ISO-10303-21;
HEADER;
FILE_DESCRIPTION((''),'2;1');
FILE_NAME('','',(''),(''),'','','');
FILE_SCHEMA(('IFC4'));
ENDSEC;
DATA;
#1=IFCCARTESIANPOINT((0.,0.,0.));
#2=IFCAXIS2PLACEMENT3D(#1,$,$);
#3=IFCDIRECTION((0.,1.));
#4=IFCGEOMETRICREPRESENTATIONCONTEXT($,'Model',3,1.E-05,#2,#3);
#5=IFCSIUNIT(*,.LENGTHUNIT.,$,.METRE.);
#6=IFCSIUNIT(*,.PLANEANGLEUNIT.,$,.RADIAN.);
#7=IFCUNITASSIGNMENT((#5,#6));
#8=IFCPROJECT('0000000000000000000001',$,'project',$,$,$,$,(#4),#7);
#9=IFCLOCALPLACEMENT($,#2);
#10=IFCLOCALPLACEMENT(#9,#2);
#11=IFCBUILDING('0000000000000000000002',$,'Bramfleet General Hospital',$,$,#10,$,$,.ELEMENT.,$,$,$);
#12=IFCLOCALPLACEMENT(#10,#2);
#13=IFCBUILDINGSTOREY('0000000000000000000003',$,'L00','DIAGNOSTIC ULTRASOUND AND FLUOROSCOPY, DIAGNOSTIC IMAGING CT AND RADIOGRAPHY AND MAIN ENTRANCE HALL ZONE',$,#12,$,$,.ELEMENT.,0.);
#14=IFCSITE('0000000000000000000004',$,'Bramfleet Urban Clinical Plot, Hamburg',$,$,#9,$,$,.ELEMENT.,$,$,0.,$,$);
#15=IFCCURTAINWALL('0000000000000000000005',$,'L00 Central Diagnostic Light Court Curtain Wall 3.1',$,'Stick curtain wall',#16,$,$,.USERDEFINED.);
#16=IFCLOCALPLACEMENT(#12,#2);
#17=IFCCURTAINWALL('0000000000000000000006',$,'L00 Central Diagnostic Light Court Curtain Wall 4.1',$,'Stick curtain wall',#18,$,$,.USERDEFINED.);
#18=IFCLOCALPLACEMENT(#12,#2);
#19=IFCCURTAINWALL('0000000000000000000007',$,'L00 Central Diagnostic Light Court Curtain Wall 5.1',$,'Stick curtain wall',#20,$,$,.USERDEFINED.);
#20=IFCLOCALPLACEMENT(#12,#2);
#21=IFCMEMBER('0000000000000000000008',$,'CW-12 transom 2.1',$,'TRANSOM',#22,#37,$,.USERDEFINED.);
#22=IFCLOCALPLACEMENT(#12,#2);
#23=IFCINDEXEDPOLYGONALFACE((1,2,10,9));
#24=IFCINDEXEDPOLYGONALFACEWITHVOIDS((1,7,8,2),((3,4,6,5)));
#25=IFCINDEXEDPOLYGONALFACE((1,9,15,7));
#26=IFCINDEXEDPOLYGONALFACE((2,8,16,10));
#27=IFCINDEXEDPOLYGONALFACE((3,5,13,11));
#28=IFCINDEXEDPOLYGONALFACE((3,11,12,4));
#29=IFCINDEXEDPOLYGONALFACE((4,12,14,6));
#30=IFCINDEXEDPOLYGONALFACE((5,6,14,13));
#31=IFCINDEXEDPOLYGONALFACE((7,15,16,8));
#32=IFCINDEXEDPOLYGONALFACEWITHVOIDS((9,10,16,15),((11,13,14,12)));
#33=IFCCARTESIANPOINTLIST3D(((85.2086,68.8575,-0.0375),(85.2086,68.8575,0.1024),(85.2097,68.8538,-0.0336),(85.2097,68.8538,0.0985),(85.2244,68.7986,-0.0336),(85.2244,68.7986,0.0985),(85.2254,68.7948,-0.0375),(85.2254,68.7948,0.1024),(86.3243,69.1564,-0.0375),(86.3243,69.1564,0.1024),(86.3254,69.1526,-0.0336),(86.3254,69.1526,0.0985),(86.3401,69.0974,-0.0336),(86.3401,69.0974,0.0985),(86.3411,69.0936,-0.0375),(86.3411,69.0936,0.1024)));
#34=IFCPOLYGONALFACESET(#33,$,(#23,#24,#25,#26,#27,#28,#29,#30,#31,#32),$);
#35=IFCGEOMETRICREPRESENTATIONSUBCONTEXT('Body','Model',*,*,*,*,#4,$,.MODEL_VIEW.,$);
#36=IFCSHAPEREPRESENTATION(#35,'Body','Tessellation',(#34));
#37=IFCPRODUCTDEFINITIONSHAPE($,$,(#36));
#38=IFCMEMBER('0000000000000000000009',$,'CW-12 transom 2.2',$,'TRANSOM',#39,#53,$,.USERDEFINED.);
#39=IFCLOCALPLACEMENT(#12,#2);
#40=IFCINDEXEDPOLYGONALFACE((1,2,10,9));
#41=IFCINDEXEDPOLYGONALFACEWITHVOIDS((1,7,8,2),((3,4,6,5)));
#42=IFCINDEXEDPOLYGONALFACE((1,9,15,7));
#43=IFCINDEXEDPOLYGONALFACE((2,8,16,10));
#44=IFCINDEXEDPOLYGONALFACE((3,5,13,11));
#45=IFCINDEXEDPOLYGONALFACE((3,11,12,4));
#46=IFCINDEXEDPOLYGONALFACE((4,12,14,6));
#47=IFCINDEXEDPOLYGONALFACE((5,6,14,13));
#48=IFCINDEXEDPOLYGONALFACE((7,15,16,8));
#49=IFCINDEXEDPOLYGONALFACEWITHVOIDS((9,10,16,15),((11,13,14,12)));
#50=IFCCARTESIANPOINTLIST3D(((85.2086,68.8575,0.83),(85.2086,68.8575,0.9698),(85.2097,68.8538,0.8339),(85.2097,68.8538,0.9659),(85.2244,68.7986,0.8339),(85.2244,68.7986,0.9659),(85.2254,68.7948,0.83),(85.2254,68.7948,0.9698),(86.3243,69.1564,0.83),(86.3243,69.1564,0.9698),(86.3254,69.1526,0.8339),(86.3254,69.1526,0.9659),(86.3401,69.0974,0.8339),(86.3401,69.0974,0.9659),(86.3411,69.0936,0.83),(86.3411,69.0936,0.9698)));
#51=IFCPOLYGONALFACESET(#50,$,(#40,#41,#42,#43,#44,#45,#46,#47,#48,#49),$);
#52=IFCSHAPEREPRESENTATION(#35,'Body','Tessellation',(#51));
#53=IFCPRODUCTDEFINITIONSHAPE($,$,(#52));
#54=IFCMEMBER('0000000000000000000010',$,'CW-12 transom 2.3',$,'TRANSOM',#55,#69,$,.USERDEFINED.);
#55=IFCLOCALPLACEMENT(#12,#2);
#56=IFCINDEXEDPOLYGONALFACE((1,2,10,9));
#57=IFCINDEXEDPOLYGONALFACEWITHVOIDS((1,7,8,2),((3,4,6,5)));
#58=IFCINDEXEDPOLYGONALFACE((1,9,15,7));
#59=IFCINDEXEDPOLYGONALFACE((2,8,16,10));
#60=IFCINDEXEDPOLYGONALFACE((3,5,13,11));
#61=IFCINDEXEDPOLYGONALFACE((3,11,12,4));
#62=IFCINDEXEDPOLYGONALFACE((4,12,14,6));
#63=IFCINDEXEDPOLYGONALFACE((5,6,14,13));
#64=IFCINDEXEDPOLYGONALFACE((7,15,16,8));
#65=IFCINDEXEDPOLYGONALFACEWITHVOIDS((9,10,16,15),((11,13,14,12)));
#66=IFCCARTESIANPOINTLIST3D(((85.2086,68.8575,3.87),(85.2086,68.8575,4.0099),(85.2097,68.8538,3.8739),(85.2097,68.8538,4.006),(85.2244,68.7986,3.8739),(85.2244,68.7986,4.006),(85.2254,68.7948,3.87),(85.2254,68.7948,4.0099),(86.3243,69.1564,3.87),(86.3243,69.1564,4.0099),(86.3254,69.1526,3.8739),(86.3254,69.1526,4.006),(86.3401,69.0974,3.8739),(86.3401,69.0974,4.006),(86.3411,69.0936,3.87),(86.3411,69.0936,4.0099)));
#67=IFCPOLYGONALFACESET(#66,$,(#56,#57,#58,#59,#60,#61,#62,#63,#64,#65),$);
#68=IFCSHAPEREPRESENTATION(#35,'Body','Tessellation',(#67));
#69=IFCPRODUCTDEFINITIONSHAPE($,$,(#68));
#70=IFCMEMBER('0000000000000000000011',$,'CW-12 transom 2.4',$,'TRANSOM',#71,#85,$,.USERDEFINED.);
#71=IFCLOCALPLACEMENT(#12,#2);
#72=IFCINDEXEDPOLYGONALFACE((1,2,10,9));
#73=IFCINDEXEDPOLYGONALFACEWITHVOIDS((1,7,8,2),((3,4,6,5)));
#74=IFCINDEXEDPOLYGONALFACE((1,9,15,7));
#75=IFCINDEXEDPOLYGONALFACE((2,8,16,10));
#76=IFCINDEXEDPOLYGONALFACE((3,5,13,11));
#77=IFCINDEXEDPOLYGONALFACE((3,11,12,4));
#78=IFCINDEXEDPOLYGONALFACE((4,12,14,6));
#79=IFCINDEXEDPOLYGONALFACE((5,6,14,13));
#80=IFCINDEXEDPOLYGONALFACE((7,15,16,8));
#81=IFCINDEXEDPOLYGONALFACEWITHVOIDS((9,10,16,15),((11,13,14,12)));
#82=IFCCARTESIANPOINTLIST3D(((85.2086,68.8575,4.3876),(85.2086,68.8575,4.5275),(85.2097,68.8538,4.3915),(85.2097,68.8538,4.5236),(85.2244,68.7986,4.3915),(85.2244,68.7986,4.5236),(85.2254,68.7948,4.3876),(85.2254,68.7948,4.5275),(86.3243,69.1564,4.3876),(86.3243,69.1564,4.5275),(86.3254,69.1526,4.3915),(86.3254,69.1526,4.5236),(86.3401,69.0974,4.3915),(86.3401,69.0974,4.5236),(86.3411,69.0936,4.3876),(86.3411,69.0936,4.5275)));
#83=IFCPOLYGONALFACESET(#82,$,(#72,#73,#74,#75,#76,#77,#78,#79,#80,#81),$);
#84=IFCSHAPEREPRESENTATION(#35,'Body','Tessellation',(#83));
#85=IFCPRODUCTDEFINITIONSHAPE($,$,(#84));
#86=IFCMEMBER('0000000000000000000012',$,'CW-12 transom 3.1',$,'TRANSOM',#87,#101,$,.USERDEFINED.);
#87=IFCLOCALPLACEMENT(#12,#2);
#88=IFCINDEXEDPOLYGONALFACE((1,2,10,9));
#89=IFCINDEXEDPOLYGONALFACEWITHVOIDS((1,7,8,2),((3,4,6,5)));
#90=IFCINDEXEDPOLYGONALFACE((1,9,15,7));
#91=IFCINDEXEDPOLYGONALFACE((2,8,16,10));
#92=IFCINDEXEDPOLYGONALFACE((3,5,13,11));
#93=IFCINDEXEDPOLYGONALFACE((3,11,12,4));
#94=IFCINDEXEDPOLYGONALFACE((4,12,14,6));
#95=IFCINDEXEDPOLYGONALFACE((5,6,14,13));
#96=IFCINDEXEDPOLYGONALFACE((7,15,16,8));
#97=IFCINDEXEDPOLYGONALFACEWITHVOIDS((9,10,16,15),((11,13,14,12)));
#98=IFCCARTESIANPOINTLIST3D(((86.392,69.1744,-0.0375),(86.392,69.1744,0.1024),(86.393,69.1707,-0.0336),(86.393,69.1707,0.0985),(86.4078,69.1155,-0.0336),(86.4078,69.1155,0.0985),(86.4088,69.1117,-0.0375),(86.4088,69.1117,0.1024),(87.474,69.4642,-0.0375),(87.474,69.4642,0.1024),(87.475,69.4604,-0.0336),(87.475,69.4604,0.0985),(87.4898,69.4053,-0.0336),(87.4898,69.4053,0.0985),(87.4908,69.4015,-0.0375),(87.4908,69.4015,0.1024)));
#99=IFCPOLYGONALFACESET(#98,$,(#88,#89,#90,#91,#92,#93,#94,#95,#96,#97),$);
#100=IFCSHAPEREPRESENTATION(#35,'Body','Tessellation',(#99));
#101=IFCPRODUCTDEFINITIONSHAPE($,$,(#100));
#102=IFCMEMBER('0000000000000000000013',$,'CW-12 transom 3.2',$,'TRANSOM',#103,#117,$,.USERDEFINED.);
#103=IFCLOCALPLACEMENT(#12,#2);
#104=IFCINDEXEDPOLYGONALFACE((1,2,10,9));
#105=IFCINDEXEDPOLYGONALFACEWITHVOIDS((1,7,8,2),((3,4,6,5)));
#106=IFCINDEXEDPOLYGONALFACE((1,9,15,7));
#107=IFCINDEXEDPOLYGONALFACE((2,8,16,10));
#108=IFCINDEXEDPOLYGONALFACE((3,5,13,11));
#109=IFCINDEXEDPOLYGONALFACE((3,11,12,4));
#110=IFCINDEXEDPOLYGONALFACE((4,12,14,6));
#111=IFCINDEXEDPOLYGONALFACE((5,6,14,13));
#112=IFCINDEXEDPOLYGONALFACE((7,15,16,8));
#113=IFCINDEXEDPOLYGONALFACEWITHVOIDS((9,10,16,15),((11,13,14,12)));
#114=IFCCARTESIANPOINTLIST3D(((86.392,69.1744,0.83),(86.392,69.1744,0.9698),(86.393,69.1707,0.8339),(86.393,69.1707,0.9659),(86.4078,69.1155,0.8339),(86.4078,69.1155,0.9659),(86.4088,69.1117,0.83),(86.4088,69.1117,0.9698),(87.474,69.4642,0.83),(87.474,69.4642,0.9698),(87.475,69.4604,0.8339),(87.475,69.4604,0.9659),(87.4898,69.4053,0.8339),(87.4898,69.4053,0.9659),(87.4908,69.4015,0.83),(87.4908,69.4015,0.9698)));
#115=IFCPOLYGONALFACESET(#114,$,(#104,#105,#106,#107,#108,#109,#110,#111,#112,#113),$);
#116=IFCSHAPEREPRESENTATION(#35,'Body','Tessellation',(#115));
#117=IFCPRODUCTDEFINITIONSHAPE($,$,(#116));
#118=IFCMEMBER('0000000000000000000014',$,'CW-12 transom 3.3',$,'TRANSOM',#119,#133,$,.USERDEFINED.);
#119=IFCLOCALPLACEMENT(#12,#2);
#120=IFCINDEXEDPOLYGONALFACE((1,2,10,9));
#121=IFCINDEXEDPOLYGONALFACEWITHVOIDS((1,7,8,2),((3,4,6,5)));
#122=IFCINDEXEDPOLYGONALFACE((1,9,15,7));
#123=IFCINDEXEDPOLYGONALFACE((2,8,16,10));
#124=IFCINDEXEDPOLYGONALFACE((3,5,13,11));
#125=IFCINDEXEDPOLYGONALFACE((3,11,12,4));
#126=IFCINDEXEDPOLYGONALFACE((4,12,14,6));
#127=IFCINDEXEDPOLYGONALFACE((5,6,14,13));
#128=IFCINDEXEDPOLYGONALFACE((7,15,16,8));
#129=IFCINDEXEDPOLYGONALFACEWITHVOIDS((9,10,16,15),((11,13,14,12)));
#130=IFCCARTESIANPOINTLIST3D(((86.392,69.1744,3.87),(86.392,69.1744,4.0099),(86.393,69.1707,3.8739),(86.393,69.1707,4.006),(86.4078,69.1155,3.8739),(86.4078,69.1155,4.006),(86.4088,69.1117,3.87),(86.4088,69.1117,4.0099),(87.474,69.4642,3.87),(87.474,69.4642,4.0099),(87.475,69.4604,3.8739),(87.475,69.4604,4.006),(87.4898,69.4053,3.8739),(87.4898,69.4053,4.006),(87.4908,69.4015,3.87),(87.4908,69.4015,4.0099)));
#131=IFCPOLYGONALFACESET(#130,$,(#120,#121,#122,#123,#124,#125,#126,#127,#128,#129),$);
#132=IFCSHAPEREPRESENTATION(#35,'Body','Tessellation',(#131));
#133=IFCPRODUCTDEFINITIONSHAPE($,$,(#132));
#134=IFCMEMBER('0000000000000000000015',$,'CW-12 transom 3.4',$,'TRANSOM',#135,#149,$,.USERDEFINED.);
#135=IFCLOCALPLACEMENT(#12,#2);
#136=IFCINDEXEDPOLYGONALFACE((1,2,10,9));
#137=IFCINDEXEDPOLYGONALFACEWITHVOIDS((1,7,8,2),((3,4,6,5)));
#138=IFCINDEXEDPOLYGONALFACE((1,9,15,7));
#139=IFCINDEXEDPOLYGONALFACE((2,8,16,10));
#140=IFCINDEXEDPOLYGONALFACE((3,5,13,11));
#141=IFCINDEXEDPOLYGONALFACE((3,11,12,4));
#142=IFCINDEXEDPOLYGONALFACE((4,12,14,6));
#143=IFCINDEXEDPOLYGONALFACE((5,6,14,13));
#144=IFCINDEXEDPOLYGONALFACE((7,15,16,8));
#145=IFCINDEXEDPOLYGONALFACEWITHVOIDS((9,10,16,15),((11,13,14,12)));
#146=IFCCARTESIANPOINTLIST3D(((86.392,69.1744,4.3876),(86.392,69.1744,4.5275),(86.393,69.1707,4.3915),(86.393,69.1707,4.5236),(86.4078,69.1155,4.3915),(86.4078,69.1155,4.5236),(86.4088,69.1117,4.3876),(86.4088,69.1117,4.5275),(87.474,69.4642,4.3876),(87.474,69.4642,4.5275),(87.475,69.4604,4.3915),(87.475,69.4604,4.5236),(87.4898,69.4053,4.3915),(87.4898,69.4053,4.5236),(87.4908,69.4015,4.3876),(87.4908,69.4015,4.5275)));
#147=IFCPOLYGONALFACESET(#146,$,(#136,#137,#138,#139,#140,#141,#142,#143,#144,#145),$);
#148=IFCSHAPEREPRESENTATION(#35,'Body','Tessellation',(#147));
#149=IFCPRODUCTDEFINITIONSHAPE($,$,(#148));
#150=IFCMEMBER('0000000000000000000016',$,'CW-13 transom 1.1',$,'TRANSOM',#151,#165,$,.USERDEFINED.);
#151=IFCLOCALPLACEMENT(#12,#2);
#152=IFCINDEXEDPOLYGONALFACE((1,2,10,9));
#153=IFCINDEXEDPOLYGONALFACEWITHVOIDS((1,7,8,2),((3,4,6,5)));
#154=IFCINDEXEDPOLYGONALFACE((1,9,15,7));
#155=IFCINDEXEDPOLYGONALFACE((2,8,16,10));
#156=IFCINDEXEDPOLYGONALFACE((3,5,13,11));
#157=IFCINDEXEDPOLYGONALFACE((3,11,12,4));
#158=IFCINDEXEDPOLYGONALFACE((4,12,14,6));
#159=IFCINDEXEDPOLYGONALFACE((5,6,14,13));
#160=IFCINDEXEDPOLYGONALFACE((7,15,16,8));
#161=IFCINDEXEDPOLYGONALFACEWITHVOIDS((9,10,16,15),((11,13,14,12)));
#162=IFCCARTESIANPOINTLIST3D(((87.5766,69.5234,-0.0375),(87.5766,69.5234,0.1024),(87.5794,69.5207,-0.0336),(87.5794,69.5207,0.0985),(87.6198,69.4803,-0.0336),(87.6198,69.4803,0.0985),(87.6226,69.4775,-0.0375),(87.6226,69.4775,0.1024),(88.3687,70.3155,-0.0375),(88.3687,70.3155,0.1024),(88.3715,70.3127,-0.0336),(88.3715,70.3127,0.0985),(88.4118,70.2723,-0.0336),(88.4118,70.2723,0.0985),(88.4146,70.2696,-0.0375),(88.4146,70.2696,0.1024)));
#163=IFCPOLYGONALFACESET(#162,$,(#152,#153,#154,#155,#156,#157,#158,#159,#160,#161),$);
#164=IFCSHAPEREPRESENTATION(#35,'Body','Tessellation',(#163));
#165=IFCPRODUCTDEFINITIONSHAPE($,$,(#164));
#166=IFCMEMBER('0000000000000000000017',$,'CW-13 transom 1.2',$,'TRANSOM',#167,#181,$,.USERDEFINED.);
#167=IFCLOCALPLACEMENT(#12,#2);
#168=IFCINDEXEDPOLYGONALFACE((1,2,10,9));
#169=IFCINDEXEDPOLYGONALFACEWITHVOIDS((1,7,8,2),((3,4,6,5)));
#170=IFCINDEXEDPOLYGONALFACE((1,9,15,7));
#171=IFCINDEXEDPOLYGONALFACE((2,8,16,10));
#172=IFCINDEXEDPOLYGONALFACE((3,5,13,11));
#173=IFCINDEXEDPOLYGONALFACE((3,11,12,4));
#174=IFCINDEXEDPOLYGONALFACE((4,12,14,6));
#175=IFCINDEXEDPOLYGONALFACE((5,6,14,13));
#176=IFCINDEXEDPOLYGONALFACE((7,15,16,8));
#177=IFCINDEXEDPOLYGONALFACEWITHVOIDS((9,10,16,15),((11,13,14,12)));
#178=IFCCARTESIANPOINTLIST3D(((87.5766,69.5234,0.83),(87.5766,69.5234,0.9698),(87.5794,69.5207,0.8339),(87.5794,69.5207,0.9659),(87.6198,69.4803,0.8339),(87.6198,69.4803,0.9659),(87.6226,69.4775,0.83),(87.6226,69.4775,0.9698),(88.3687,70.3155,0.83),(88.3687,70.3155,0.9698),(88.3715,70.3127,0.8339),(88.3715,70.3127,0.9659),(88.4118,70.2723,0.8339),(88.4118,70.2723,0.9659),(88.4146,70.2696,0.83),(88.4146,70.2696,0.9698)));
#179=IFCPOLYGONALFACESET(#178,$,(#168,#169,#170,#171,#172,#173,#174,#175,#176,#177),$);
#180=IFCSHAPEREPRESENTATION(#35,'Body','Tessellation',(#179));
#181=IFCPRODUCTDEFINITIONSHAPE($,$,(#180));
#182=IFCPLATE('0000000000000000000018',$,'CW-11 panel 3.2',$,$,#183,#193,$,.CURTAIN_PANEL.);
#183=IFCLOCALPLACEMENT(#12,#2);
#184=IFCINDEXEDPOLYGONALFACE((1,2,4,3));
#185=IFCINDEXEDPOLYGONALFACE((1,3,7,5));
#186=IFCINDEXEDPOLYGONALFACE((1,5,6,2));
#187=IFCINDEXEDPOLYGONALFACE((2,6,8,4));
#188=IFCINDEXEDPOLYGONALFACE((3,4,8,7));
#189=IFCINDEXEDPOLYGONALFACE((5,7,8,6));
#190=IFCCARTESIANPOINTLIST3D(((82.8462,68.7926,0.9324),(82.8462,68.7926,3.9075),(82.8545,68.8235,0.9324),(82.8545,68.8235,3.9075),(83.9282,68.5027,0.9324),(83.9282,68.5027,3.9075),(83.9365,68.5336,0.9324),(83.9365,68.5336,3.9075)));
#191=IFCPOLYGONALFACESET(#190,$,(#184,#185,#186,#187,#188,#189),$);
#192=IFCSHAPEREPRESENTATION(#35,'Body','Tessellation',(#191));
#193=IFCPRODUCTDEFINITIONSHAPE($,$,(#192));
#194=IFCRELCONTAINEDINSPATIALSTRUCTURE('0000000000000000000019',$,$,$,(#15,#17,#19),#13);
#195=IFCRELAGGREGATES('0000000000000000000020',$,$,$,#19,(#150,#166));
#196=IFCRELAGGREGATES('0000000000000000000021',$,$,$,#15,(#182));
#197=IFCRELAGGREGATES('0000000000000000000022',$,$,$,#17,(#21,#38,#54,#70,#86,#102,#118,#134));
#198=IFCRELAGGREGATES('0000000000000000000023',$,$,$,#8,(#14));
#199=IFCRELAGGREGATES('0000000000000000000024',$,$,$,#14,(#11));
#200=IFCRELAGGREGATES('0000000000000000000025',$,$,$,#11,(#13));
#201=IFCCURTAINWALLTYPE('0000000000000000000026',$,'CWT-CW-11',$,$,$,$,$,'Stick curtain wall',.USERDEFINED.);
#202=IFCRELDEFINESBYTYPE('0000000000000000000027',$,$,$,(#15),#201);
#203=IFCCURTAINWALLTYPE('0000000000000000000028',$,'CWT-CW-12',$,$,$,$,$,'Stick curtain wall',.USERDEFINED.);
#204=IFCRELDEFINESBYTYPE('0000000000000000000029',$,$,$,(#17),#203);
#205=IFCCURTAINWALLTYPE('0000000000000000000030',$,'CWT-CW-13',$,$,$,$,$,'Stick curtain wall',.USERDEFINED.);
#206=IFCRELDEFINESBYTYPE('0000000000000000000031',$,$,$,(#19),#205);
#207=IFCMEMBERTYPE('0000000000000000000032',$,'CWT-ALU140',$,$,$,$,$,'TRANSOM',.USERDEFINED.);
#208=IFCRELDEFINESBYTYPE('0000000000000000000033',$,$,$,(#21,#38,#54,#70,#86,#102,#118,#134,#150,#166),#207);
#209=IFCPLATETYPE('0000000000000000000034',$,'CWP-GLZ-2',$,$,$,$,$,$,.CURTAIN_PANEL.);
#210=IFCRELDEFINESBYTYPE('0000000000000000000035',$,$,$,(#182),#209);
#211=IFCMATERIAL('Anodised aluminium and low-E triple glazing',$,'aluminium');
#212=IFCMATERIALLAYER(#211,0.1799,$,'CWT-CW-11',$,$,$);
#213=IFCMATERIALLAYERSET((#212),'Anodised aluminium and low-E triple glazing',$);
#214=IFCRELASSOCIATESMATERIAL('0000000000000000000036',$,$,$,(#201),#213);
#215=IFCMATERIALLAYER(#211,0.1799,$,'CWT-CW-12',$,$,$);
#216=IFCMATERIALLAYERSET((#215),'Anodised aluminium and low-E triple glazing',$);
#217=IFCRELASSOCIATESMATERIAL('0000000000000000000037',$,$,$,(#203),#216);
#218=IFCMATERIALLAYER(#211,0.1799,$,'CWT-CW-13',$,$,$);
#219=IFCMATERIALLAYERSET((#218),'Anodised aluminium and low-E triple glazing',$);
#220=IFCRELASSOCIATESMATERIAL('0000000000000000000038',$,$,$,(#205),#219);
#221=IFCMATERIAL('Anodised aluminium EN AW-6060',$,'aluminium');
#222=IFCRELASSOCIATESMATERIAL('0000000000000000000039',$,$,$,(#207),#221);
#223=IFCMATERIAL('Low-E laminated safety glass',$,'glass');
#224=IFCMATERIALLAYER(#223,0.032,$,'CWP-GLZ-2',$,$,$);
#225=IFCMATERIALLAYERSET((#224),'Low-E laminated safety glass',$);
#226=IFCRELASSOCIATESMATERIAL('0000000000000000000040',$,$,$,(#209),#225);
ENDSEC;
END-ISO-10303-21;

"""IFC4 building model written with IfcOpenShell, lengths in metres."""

from ifc_helpers import new_model, si_unit, direction, frame, origin, origin_2d, place, context, subcontext, project, spatial, rectangle, hollow_rectangle, extrude, material, layer, layer_set, material_profile, profile_set, type_object, element, aggregate, save


model = new_model("IFC4")

# Units and contexts
model_context = context("Model", 3, precision=1e-05, world=origin(), true_north=direction((0.0, 1.0)))
body_context = subcontext(model_context, "Body", "Model", "MODEL_VIEW")
ifc_project = project(units=[si_unit("LENGTHUNIT", "METRE"), si_unit("PLANEANGLEUNIT", "RADIAN")], contexts=[model_context])

# Site, building, storey
site_placement = place(None, origin())
site = spatial("IfcSite", under=ifc_project, at=site_placement, Name="Bramfleet Urban Clinical Plot, Hamburg", CompositionType="ELEMENT", RefElevation=0.0)
building_placement = place(site_placement, origin())
building = spatial("IfcBuilding", under=site, at=building_placement, Name="Bramfleet General Hospital", CompositionType="ELEMENT")
storey_placement = place(building_placement, origin())
storey = spatial("IfcBuildingStorey", under=building, at=storey_placement, Name="L00", Description="DIAGNOSTIC ULTRASOUND AND FLUOROSCOPY, DIAGNOSTIC IMAGING CT AND RADIOGRAPHY AND MAIN ENTRANCE HALL ZONE", CompositionType="ELEMENT", Elevation=0.0)

# Curtain wall
ifc_material_1 = material(Name="Anodised aluminium and low-E triple glazing", Category="aluminium")
ifc_layer_1 = layer(ifc_material_1, 0.1799, Name="CWT-CW-11")
ifc_layer_set_1 = layer_set([ifc_layer_1], Name="Anodised aluminium and low-E triple glazing")
curtain_wall_type_1 = type_object("IfcCurtainWallType", Name="CWT-CW-11", ElementType="Stick curtain wall", PredefinedType="USERDEFINED", material=ifc_layer_set_1)
curtain_wall_1_placement = place(storey_placement, origin())
curtain_wall_1 = element("IfcCurtainWall", 1, at=curtain_wall_1_placement, inside=storey, type_object=curtain_wall_type_1, Name="L00 Central Diagnostic Light Court Curtain Wall 3.1", ObjectType="Stick curtain wall", PredefinedType="USERDEFINED")
ifc_material_2 = material(Name="Anodised aluminium EN AW-6060", Category="aluminium")

# Curtain wall
ifc_layer_2 = layer(ifc_material_1, 0.1799, Name="CWT-CW-12")
ifc_layer_set_2 = layer_set([ifc_layer_2], Name="Anodised aluminium and low-E triple glazing")
curtain_wall_type_2 = type_object("IfcCurtainWallType", Name="CWT-CW-12", ElementType="Stick curtain wall", PredefinedType="USERDEFINED", material=ifc_layer_set_2)
curtain_wall_2_placement = place(storey_placement, origin())
curtain_wall_2 = element("IfcCurtainWall", 2, at=curtain_wall_2_placement, inside=storey, type_object=curtain_wall_type_2, Name="L00 Central Diagnostic Light Court Curtain Wall 4.1", ObjectType="Stick curtain wall", PredefinedType="USERDEFINED")

# Curtain wall
ifc_layer_3 = layer(ifc_material_1, 0.1799, Name="CWT-CW-13")
ifc_layer_set_3 = layer_set([ifc_layer_3], Name="Anodised aluminium and low-E triple glazing")
curtain_wall_type_3 = type_object("IfcCurtainWallType", Name="CWT-CW-13", ElementType="Stick curtain wall", PredefinedType="USERDEFINED", material=ifc_layer_set_3)
curtain_wall_3_placement = place(storey_placement, origin())
curtain_wall_3 = element("IfcCurtainWall", 3, at=curtain_wall_3_placement, inside=storey, type_object=curtain_wall_type_3, Name="L00 Central Diagnostic Light Court Curtain Wall 5.1", ObjectType="Stick curtain wall", PredefinedType="USERDEFINED")

# Members
ifc_material_profile_1 = material_profile(ifc_material_2, hollow_rectangle(XDim=0.0649, YDim=0.1399, WallThickness=0.0039, at=origin_2d()), Name="ALU 140x65x4.0")
ifc_profile_set_1 = profile_set([ifc_material_profile_1], Name="Anodised aluminium EN AW-6060")
member_type_1 = type_object("IfcMemberType", Name="CWT-ALU140", ElementType="TRANSOM", PredefinedType="USERDEFINED", material=ifc_profile_set_1)
member_1_placement = place(storey_placement, frame((85.217, 68.8262, 0.0325), z_axis=(0.965954, 0.258715, 0.0), x_axis=(-0.258715, 0.965954, 0.0)))
member_1 = element("IfcMember", 4, at=member_1_placement, type_object=member_type_1, Name="CW-12 transom 2.1", ObjectType="TRANSOM", PredefinedType="USERDEFINED", context=body_context, shape_type="SweptSolid", body=[
    extrude(hollow_rectangle(XDim=0.0649, YDim=0.1399, WallThickness=0.0039, at=origin_2d()), origin(), (0.0, 0.0, 1.0), 1.155),
])
member_2_placement = place(storey_placement, frame((85.217, 68.8262, 0.8999), z_axis=(0.965954, 0.258715, 0.0), x_axis=(-0.258715, 0.965954, 0.0)))
member_2 = element("IfcMember", 5, at=member_2_placement, type_object=member_type_1, Name="CW-12 transom 2.2", ObjectType="TRANSOM", PredefinedType="USERDEFINED", context=body_context, shape_type="SweptSolid", body=[
    extrude(hollow_rectangle(XDim=0.0649, YDim=0.1399, WallThickness=0.0039, at=origin_2d()), origin(), (0.0, 0.0, 1.0), 1.155),
])
member_3_placement = place(storey_placement, frame((85.217, 68.8262, 3.9399), z_axis=(0.965954, 0.258715, 0.0), x_axis=(-0.258715, 0.965954, 0.0)))
member_3 = element("IfcMember", 6, at=member_3_placement, type_object=member_type_1, Name="CW-12 transom 2.3", ObjectType="TRANSOM", PredefinedType="USERDEFINED", context=body_context, shape_type="SweptSolid", body=[
    extrude(hollow_rectangle(XDim=0.0649, YDim=0.1399, WallThickness=0.0039, at=origin_2d()), origin(), (0.0, 0.0, 1.0), 1.155),
])
member_4_placement = place(storey_placement, frame((85.217, 68.8262, 4.4575), z_axis=(0.965954, 0.258715, 0.0), x_axis=(-0.258715, 0.965954, 0.0)))
member_4 = element("IfcMember", 7, at=member_4_placement, type_object=member_type_1, Name="CW-12 transom 2.4", ObjectType="TRANSOM", PredefinedType="USERDEFINED", context=body_context, shape_type="SweptSolid", body=[
    extrude(hollow_rectangle(XDim=0.0649, YDim=0.1399, WallThickness=0.0039, at=origin_2d()), origin(), (0.0, 0.0, 1.0), 1.155),
])
member_5_placement = place(storey_placement, frame((86.4004, 69.1431, 0.0325), z_axis=(0.965956, 0.258707, 0.0), x_axis=(-0.258707, 0.965956, 0.0)))
member_5 = element("IfcMember", 8, at=member_5_placement, type_object=member_type_1, Name="CW-12 transom 3.1", ObjectType="TRANSOM", PredefinedType="USERDEFINED", context=body_context, shape_type="SweptSolid", body=[
    extrude(hollow_rectangle(XDim=0.0649, YDim=0.1399, WallThickness=0.0039, at=origin_2d()), origin(), (0.0, 0.0, 1.0), 1.1201),
])
member_6_placement = place(storey_placement, frame((86.4004, 69.1431, 0.8999), z_axis=(0.965956, 0.258707, 0.0), x_axis=(-0.258707, 0.965956, 0.0)))
member_6 = element("IfcMember", 9, at=member_6_placement, type_object=member_type_1, Name="CW-12 transom 3.2", ObjectType="TRANSOM", PredefinedType="USERDEFINED", context=body_context, shape_type="SweptSolid", body=[
    extrude(hollow_rectangle(XDim=0.0649, YDim=0.1399, WallThickness=0.0039, at=origin_2d()), origin(), (0.0, 0.0, 1.0), 1.1201),
])
member_7_placement = place(storey_placement, frame((86.4004, 69.1431, 3.9399), z_axis=(0.965956, 0.258707, 0.0), x_axis=(-0.258707, 0.965956, 0.0)))
member_7 = element("IfcMember", 10, at=member_7_placement, type_object=member_type_1, Name="CW-12 transom 3.3", ObjectType="TRANSOM", PredefinedType="USERDEFINED", context=body_context, shape_type="SweptSolid", body=[
    extrude(hollow_rectangle(XDim=0.0649, YDim=0.1399, WallThickness=0.0039, at=origin_2d()), origin(), (0.0, 0.0, 1.0), 1.1201),
])
member_8_placement = place(storey_placement, frame((86.4004, 69.1431, 4.4575), z_axis=(0.965956, 0.258707, 0.0), x_axis=(-0.258707, 0.965956, 0.0)))
member_8 = element("IfcMember", 11, at=member_8_placement, type_object=member_type_1, Name="CW-12 transom 3.4", ObjectType="TRANSOM", PredefinedType="USERDEFINED", context=body_context, shape_type="SweptSolid", body=[
    extrude(hollow_rectangle(XDim=0.0649, YDim=0.1399, WallThickness=0.0039, at=origin_2d()), origin(), (0.0, 0.0, 1.0), 1.1201),
])
member_9_placement = place(storey_placement, frame((87.5996, 69.5005, 0.0325), z_axis=(0.707107, 0.707107, 0.0), x_axis=(-0.707107, 0.707107, 0.0)))
member_9 = element("IfcMember", 12, at=member_9_placement, type_object=member_type_1, Name="CW-13 transom 1.1", ObjectType="TRANSOM", PredefinedType="USERDEFINED", context=body_context, shape_type="SweptSolid", body=[
    extrude(hollow_rectangle(XDim=0.0649, YDim=0.1399, WallThickness=0.0039, at=origin_2d()), origin(), (0.0, 0.0, 1.0), 1.1201),
])
member_10_placement = place(storey_placement, frame((87.5996, 69.5005, 0.8999), z_axis=(0.707107, 0.707107, 0.0), x_axis=(-0.707107, 0.707107, 0.0)))
member_10 = element("IfcMember", 13, at=member_10_placement, type_object=member_type_1, Name="CW-13 transom 1.2", ObjectType="TRANSOM", PredefinedType="USERDEFINED", context=body_context, shape_type="SweptSolid", body=[
    extrude(hollow_rectangle(XDim=0.0649, YDim=0.1399, WallThickness=0.0039, at=origin_2d()), origin(), (0.0, 0.0, 1.0), 1.1201),
])
aggregate(curtain_wall_3, [member_9, member_10])

# Plate
ifc_material_3 = material(Name="Low-E laminated safety glass", Category="glass")
ifc_layer_4 = layer(ifc_material_3, 0.032, Name="CWP-GLZ-2")
ifc_layer_set_4 = layer_set([ifc_layer_4], Name="Low-E laminated safety glass")
plate_type = type_object("IfcPlateType", Name="CWP-GLZ-2", PredefinedType="CURTAIN_PANEL", material=ifc_layer_set_4)
plate_1_placement = place(storey_placement, frame((83.3914, 68.6631, 0.9324), z_axis=(0.0, 0.0, 1.0), x_axis=(0.965941, -0.258763, 0.0)))
plate_1 = element("IfcPlate", 14, at=plate_1_placement, type_object=plate_type, Name="CW-11 panel 3.2", PredefinedType="CURTAIN_PANEL", context=body_context, shape_type="SweptSolid", body=[
    extrude(rectangle(XDim=1.1201, YDim=0.032, at=origin_2d()), origin(), (0.0, 0.0, 1.0), 2.9751),
])
aggregate(curtain_wall_1, [plate_1])
aggregate(curtain_wall_2, [member_1, member_2, member_3, member_4, member_5, member_6, member_7, member_8])

save(model, "model.ifc")
